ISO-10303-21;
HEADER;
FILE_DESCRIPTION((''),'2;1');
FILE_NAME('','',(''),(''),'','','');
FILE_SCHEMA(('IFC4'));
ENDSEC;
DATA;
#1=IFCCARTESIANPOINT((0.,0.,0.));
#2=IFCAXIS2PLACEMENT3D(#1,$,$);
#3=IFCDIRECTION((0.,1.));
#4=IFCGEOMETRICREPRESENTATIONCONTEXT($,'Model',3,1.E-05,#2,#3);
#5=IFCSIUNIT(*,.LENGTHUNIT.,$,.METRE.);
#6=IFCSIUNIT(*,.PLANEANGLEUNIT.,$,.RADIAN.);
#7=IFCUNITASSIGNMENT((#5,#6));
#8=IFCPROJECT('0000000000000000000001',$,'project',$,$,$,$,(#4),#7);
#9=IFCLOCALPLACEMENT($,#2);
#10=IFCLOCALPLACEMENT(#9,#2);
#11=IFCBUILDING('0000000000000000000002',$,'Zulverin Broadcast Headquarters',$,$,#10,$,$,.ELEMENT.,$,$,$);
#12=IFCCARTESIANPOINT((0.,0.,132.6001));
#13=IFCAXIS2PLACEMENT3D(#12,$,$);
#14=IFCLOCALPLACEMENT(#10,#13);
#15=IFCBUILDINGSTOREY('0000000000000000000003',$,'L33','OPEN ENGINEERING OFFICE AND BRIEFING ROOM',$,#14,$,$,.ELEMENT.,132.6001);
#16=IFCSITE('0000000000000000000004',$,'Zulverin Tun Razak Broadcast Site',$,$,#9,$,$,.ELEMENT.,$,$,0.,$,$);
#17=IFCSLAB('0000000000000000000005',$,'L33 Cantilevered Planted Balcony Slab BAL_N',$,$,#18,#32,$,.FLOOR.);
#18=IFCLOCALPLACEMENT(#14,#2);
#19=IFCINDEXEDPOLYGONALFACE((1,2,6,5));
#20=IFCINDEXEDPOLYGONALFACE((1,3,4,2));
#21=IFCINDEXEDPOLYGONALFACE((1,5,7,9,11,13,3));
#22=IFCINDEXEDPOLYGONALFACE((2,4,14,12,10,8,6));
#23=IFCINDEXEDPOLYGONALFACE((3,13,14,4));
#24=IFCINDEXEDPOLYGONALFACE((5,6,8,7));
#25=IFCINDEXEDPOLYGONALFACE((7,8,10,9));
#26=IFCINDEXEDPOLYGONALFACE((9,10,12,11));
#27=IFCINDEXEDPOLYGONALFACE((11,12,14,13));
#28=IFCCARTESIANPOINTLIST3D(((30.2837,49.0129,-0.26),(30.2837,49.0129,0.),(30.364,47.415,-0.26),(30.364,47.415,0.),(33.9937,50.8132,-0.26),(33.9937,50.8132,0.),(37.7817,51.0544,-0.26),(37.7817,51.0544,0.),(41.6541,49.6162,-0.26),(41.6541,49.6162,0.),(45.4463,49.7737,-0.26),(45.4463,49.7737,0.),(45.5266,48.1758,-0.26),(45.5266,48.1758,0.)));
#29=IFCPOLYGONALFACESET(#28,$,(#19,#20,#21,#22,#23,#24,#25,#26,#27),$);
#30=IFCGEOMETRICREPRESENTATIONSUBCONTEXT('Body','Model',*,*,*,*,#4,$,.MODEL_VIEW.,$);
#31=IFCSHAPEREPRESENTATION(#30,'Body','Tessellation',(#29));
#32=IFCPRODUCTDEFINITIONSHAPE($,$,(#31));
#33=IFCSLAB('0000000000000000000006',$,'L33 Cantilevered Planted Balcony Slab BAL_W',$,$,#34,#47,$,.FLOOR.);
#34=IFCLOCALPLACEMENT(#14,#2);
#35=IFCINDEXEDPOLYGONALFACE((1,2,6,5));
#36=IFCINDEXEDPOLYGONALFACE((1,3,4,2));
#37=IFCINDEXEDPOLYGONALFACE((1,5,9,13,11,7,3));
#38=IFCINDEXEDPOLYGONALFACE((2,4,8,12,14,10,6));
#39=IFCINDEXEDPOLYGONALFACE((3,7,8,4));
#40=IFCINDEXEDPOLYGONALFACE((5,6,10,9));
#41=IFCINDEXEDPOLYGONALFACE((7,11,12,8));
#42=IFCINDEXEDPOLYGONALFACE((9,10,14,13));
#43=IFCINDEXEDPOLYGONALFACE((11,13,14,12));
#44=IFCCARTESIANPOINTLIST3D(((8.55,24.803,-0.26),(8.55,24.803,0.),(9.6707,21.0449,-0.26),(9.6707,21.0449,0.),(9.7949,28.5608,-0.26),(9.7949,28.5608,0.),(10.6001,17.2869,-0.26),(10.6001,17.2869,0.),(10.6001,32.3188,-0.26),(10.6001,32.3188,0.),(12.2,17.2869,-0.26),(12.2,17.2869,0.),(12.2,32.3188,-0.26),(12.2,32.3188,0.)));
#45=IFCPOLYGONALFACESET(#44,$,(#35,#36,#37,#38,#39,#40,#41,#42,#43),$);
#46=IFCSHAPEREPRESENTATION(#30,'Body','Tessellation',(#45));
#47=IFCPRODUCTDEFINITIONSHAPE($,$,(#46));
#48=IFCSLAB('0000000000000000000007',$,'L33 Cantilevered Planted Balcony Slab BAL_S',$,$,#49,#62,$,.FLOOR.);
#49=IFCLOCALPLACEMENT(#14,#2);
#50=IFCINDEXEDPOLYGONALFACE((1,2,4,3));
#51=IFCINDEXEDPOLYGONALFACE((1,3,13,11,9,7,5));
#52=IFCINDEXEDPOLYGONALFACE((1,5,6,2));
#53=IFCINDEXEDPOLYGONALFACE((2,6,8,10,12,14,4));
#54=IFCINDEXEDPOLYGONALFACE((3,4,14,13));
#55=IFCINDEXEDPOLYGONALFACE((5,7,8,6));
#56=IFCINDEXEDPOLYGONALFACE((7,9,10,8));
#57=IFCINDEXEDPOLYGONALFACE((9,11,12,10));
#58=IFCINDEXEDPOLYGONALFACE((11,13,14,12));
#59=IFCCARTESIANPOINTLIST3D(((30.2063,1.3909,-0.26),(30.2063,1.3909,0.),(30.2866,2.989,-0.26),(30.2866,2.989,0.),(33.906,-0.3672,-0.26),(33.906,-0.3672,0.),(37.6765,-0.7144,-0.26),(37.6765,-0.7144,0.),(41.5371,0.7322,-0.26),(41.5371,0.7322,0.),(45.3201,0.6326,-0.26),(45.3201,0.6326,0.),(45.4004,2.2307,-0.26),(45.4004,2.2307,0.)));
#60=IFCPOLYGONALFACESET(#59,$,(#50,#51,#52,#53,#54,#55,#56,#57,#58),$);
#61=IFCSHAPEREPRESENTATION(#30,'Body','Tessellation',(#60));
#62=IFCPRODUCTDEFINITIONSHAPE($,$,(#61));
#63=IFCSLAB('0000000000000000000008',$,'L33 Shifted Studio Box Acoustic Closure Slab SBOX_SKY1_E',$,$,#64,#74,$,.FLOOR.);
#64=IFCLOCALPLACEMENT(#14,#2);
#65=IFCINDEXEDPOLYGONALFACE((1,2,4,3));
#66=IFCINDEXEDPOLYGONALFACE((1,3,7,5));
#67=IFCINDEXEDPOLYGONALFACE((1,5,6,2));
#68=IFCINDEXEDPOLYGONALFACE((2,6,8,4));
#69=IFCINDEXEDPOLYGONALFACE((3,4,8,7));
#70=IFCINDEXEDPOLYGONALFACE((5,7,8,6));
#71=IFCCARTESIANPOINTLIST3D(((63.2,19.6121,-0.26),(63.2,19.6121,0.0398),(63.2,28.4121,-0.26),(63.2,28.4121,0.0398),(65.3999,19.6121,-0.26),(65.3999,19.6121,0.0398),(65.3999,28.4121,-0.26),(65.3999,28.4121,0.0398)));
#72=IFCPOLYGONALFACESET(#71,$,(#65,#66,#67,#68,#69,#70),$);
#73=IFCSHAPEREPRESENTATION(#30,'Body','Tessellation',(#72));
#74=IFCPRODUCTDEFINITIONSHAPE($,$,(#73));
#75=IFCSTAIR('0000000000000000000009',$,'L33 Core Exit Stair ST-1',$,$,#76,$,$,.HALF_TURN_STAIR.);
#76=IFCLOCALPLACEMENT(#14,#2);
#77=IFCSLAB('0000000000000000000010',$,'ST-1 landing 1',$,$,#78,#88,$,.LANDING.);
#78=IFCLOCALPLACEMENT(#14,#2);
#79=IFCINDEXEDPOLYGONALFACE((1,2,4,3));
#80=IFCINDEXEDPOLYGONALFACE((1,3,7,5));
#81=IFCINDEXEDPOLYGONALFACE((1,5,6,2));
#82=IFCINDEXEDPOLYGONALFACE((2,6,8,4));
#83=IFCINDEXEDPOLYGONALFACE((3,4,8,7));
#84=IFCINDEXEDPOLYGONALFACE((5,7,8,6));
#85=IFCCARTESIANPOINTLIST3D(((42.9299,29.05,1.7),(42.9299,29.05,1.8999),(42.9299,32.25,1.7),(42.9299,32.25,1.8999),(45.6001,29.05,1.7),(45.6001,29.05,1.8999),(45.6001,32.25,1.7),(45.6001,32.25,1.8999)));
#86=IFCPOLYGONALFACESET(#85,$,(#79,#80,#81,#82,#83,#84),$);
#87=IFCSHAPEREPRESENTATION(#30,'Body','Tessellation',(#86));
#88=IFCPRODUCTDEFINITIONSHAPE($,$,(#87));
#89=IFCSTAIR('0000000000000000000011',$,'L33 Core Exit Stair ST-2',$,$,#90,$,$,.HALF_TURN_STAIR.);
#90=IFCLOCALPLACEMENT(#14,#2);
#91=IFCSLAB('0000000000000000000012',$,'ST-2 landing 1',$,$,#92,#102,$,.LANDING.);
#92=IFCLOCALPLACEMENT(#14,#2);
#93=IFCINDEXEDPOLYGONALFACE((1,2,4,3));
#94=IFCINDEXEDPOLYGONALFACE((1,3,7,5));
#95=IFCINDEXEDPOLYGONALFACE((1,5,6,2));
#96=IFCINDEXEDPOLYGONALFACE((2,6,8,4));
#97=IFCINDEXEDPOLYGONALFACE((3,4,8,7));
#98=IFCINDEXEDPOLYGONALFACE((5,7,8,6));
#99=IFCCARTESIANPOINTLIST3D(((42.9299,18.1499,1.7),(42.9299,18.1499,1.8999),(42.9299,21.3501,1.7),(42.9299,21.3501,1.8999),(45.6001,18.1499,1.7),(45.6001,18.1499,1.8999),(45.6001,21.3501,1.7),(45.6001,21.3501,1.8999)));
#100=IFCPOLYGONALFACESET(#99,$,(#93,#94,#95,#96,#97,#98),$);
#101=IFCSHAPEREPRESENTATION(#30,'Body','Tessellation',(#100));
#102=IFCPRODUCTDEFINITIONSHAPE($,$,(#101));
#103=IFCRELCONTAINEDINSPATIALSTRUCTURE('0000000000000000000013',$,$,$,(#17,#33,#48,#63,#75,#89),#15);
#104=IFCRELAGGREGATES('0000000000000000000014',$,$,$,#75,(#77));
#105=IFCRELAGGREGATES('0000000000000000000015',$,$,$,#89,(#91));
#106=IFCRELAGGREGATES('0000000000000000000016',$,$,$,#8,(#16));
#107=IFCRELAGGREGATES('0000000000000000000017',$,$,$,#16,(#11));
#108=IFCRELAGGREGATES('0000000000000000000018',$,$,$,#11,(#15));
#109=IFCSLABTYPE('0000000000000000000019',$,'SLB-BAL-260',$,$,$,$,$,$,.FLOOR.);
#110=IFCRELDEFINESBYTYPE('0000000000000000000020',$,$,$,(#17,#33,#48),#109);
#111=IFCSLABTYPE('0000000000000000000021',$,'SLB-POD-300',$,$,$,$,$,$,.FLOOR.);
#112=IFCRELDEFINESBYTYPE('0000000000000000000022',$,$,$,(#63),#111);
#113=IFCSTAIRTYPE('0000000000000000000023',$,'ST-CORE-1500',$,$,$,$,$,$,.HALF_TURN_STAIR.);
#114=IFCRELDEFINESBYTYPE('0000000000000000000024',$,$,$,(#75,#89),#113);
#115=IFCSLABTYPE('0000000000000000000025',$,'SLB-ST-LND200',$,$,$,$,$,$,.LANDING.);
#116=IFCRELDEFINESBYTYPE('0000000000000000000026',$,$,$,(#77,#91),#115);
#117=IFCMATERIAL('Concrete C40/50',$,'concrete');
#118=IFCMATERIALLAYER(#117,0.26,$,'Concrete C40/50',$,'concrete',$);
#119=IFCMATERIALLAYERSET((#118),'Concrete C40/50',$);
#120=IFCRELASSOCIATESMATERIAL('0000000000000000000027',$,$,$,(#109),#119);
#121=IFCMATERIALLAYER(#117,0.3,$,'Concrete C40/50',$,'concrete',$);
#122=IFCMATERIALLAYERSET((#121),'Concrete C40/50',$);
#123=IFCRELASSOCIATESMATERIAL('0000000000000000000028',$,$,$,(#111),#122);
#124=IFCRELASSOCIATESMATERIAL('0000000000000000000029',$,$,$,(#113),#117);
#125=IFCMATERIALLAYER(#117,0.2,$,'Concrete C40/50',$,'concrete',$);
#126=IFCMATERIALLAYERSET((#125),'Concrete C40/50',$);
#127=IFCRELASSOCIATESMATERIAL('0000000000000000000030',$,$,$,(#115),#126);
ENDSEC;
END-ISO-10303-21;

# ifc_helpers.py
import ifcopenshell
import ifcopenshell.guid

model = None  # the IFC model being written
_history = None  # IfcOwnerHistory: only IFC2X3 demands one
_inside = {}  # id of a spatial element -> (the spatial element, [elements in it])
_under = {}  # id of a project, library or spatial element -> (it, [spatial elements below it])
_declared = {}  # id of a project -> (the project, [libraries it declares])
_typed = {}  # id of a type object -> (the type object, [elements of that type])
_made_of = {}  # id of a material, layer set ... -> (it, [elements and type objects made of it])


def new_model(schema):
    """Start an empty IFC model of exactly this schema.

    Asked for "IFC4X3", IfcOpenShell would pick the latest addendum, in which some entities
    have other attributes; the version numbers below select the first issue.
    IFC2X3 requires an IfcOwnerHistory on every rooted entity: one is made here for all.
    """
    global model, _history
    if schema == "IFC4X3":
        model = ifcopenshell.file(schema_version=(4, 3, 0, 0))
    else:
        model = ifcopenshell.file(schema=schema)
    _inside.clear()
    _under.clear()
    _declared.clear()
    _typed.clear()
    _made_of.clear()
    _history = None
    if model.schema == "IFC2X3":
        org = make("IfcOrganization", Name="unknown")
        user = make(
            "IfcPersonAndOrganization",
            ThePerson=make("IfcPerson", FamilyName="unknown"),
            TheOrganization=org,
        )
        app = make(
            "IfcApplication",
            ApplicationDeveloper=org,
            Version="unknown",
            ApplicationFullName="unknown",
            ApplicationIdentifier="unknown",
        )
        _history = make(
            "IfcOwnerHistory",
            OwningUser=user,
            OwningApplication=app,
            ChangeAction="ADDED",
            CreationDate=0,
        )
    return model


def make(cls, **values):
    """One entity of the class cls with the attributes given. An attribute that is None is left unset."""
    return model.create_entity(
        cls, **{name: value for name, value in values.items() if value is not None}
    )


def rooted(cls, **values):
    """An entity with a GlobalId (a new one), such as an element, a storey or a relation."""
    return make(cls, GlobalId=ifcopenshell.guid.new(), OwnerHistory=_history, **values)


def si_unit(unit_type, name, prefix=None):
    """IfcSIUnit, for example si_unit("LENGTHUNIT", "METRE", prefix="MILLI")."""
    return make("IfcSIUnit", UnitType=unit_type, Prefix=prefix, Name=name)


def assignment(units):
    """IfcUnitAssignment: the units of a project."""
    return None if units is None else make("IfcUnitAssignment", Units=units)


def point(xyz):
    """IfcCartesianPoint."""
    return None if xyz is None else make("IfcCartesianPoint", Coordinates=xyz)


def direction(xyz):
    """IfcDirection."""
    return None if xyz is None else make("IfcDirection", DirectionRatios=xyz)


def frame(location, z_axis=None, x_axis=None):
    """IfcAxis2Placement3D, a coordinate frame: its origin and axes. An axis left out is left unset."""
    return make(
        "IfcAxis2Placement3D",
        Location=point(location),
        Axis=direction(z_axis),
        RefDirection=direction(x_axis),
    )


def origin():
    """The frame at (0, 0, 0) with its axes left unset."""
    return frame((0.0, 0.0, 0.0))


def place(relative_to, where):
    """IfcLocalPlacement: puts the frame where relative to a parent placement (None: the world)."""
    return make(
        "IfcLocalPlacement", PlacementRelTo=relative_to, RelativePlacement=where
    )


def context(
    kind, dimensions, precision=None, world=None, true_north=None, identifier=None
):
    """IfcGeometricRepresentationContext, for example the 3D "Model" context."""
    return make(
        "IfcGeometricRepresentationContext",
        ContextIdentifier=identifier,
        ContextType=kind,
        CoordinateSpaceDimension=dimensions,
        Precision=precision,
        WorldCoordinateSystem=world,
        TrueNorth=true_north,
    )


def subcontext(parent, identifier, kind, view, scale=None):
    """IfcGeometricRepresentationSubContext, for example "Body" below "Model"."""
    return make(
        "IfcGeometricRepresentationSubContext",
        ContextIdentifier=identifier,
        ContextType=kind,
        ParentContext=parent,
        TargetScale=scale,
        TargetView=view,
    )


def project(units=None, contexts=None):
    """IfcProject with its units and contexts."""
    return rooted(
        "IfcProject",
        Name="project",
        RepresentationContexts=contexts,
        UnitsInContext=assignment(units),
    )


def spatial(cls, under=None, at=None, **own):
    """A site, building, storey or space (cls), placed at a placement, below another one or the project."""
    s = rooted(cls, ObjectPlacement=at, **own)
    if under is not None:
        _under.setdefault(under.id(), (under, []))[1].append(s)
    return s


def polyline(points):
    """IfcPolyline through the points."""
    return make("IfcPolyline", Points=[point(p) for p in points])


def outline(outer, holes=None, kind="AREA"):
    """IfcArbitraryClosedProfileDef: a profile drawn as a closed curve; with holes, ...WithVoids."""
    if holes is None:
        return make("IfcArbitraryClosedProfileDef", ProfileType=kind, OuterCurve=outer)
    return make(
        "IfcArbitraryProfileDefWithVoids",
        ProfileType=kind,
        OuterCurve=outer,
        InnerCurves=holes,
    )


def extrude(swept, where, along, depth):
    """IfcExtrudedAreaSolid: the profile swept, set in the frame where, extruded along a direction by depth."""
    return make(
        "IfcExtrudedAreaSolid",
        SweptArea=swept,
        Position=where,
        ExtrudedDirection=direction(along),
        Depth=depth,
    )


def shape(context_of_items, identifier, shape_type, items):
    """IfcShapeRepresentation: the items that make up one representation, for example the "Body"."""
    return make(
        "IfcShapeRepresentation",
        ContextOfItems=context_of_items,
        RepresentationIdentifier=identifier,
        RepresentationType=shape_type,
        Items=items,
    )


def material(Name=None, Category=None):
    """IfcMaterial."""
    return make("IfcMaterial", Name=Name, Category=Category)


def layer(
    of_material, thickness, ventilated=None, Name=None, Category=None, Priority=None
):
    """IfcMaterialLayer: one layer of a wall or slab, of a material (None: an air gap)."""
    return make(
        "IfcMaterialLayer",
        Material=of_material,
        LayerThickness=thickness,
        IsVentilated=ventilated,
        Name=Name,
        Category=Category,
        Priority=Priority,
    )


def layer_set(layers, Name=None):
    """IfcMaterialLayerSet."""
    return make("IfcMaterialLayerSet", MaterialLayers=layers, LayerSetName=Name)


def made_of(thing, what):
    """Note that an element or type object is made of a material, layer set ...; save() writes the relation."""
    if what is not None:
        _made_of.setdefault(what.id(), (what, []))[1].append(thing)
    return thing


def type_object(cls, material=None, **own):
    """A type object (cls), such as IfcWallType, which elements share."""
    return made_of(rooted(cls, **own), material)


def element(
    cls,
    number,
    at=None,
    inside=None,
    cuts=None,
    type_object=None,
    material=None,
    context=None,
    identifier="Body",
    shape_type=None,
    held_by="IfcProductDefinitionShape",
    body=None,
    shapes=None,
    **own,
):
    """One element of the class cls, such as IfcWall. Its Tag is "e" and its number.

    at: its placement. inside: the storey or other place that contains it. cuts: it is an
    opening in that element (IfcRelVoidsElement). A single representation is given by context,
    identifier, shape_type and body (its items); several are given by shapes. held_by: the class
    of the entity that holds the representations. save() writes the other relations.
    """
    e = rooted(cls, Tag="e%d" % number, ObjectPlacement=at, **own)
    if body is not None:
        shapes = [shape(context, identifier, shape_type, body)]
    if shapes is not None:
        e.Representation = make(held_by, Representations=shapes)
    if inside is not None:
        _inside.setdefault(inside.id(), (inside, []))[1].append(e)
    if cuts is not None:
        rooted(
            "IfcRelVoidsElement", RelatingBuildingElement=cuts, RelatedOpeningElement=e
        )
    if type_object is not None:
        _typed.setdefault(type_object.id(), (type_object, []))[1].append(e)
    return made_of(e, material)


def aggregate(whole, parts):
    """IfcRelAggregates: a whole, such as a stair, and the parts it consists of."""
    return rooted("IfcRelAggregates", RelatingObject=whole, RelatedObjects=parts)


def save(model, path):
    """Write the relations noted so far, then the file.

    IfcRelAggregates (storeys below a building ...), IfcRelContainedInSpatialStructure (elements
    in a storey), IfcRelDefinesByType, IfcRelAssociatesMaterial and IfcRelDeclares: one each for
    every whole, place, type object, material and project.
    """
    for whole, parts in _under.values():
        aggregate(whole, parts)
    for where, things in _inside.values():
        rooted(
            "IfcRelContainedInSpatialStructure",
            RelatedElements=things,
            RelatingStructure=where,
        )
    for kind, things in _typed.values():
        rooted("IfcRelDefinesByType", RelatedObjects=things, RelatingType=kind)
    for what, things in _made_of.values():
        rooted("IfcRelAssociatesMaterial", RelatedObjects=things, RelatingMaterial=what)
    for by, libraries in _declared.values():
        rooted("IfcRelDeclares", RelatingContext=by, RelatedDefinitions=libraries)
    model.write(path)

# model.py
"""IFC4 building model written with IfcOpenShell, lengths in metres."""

from ifc_helpers import new_model, si_unit, direction, frame, origin, place, context, subcontext, project, spatial, polyline, outline, extrude, material, layer, layer_set, type_object, element, aggregate, save


model = new_model("IFC4")

# Units and contexts
model_context = context("Model", 3, precision=1e-05, world=origin(), true_north=direction((0.0, 1.0)))
body_context = subcontext(model_context, "Body", "Model", "MODEL_VIEW")
ifc_project = project(units=[si_unit("LENGTHUNIT", "METRE"), si_unit("PLANEANGLEUNIT", "RADIAN")], contexts=[model_context])

# Site, building, storey
site_placement = place(None, origin())
site = spatial("IfcSite", under=ifc_project, at=site_placement, Name="Zulverin Tun Razak Broadcast Site", CompositionType="ELEMENT", RefElevation=0.0)
building_placement = place(site_placement, origin())
building = spatial("IfcBuilding", under=site, at=building_placement, Name="Zulverin Broadcast Headquarters", CompositionType="ELEMENT")
storey_placement = place(building_placement, frame((0.0, 0.0, 132.6001)))
storey = spatial("IfcBuildingStorey", under=building, at=storey_placement, Name="L33", Description="OPEN ENGINEERING OFFICE AND BRIEFING ROOM", CompositionType="ELEMENT", Elevation=132.6001)

# Slabs
ifc_material_1 = material(Name="Concrete C40/50", Category="concrete")
ifc_layer_1 = layer(ifc_material_1, 0.26, Name="Concrete C40/50", Category="concrete")
ifc_layer_set_1 = layer_set([ifc_layer_1], Name="Concrete C40/50")
slab_type_1 = type_object("IfcSlabType", Name="SLB-BAL-260", PredefinedType="FLOOR", material=ifc_layer_set_1)
slab_1_placement = place(storey_placement, frame((0.0, 0.0, -0.26)))
element("IfcSlab", 1, at=slab_1_placement, inside=storey, type_object=slab_type_1, Name="L33 Cantilevered Planted Balcony Slab BAL_N", PredefinedType="FLOOR", context=body_context, shape_type="SweptSolid", body=[
    extrude(outline(polyline([(30.364, 47.415), (45.5266, 48.1758), (45.4463, 49.7737), (41.6541, 49.6162), (37.7817, 51.0544), (33.9937, 50.8132), (30.2837, 49.0129), (30.364, 47.415)])), origin(), (0.0, 0.0, 1.0), 0.26),
])
slab_2_placement = place(storey_placement, frame((0.0, 0.0, -0.26)))
element("IfcSlab", 2, at=slab_2_placement, inside=storey, type_object=slab_type_1, Name="L33 Cantilevered Planted Balcony Slab BAL_W", PredefinedType="FLOOR", context=body_context, shape_type="SweptSolid", body=[
    extrude(outline(polyline([(12.2, 17.2869), (12.2, 32.3188), (10.6001, 32.3188), (9.7949, 28.5608), (8.55, 24.803), (9.6707, 21.0449), (10.6001, 17.2869), (12.2, 17.2869)])), origin(), (0.0, 0.0, 1.0), 0.26),
])
slab_3_placement = place(storey_placement, frame((0.0, 0.0, -0.26)))
element("IfcSlab", 3, at=slab_3_placement, inside=storey, type_object=slab_type_1, Name="L33 Cantilevered Planted Balcony Slab BAL_S", PredefinedType="FLOOR", context=body_context, shape_type="SweptSolid", body=[
    extrude(outline(polyline([(45.4004, 2.2307), (30.2866, 2.989), (30.2063, 1.3909), (33.906, -0.3672), (37.6765, -0.7144), (41.5371, 0.7322), (45.3201, 0.6326), (45.4004, 2.2307)])), origin(), (0.0, 0.0, 1.0), 0.26),
])
ifc_layer_2 = layer(ifc_material_1, 0.3, Name="Concrete C40/50", Category="concrete")
ifc_layer_set_2 = layer_set([ifc_layer_2], Name="Concrete C40/50")
slab_type_2 = type_object("IfcSlabType", Name="SLB-POD-300", PredefinedType="FLOOR", material=ifc_layer_set_2)
slab_4_placement = place(storey_placement, frame((0.0, 0.0, -0.26)))
element("IfcSlab", 4, at=slab_4_placement, inside=storey, type_object=slab_type_2, Name="L33 Shifted Studio Box Acoustic Closure Slab SBOX_SKY1_E", PredefinedType="FLOOR", context=body_context, shape_type="SweptSolid", body=[
    extrude(outline(polyline([(65.3999, 19.6121), (65.3999, 28.4121), (63.2, 28.4121), (63.2, 19.6121), (65.3999, 19.6121)])), origin(), (0.0, 0.0, 1.0), 0.2998),
])

# Stairs, slabs
stair_type = type_object("IfcStairType", Name="ST-CORE-1500", PredefinedType="HALF_TURN_STAIR", material=ifc_material_1)
stair_1_placement = place(storey_placement, origin())
stair_1 = element("IfcStair", 5, at=stair_1_placement, inside=storey, type_object=stair_type, Name="L33 Core Exit Stair ST-1", PredefinedType="HALF_TURN_STAIR")
ifc_layer_3 = layer(ifc_material_1, 0.2, Name="Concrete C40/50", Category="concrete")
ifc_layer_set_3 = layer_set([ifc_layer_3], Name="Concrete C40/50")
slab_type_3 = type_object("IfcSlabType", Name="SLB-ST-LND200", PredefinedType="LANDING", material=ifc_layer_set_3)
slab_5_placement = place(storey_placement, frame((0.0, 0.0, 1.7)))
slab_5 = element("IfcSlab", 6, at=slab_5_placement, type_object=slab_type_3, Name="ST-1 landing 1", PredefinedType="LANDING", context=body_context, shape_type="SweptSolid", body=[
    extrude(outline(polyline([(42.9299, 29.05), (45.6001, 29.05), (45.6001, 32.25), (42.9299, 32.25), (42.9299, 29.05)])), origin(), (0.0, 0.0, 1.0), 0.2),
])
aggregate(stair_1, [slab_5])
stair_2_placement = place(storey_placement, origin())
stair_2 = element("IfcStair", 7, at=stair_2_placement, inside=storey, type_object=stair_type, Name="L33 Core Exit Stair ST-2", PredefinedType="HALF_TURN_STAIR")
slab_6_placement = place(storey_placement, frame((0.0, 0.0, 1.7)))
slab_6 = element("IfcSlab", 8, at=slab_6_placement, type_object=slab_type_3, Name="ST-2 landing 1", PredefinedType="LANDING", context=body_context, shape_type="SweptSolid", body=[
    extrude(outline(polyline([(42.9299, 18.1499), (45.6001, 18.1499), (45.6001, 21.3501), (42.9299, 21.3501), (42.9299, 18.1499)])), origin(), (0.0, 0.0, 1.0), 0.2),
])
aggregate(stair_2, [slab_6])

save(model, "model.ifc")
